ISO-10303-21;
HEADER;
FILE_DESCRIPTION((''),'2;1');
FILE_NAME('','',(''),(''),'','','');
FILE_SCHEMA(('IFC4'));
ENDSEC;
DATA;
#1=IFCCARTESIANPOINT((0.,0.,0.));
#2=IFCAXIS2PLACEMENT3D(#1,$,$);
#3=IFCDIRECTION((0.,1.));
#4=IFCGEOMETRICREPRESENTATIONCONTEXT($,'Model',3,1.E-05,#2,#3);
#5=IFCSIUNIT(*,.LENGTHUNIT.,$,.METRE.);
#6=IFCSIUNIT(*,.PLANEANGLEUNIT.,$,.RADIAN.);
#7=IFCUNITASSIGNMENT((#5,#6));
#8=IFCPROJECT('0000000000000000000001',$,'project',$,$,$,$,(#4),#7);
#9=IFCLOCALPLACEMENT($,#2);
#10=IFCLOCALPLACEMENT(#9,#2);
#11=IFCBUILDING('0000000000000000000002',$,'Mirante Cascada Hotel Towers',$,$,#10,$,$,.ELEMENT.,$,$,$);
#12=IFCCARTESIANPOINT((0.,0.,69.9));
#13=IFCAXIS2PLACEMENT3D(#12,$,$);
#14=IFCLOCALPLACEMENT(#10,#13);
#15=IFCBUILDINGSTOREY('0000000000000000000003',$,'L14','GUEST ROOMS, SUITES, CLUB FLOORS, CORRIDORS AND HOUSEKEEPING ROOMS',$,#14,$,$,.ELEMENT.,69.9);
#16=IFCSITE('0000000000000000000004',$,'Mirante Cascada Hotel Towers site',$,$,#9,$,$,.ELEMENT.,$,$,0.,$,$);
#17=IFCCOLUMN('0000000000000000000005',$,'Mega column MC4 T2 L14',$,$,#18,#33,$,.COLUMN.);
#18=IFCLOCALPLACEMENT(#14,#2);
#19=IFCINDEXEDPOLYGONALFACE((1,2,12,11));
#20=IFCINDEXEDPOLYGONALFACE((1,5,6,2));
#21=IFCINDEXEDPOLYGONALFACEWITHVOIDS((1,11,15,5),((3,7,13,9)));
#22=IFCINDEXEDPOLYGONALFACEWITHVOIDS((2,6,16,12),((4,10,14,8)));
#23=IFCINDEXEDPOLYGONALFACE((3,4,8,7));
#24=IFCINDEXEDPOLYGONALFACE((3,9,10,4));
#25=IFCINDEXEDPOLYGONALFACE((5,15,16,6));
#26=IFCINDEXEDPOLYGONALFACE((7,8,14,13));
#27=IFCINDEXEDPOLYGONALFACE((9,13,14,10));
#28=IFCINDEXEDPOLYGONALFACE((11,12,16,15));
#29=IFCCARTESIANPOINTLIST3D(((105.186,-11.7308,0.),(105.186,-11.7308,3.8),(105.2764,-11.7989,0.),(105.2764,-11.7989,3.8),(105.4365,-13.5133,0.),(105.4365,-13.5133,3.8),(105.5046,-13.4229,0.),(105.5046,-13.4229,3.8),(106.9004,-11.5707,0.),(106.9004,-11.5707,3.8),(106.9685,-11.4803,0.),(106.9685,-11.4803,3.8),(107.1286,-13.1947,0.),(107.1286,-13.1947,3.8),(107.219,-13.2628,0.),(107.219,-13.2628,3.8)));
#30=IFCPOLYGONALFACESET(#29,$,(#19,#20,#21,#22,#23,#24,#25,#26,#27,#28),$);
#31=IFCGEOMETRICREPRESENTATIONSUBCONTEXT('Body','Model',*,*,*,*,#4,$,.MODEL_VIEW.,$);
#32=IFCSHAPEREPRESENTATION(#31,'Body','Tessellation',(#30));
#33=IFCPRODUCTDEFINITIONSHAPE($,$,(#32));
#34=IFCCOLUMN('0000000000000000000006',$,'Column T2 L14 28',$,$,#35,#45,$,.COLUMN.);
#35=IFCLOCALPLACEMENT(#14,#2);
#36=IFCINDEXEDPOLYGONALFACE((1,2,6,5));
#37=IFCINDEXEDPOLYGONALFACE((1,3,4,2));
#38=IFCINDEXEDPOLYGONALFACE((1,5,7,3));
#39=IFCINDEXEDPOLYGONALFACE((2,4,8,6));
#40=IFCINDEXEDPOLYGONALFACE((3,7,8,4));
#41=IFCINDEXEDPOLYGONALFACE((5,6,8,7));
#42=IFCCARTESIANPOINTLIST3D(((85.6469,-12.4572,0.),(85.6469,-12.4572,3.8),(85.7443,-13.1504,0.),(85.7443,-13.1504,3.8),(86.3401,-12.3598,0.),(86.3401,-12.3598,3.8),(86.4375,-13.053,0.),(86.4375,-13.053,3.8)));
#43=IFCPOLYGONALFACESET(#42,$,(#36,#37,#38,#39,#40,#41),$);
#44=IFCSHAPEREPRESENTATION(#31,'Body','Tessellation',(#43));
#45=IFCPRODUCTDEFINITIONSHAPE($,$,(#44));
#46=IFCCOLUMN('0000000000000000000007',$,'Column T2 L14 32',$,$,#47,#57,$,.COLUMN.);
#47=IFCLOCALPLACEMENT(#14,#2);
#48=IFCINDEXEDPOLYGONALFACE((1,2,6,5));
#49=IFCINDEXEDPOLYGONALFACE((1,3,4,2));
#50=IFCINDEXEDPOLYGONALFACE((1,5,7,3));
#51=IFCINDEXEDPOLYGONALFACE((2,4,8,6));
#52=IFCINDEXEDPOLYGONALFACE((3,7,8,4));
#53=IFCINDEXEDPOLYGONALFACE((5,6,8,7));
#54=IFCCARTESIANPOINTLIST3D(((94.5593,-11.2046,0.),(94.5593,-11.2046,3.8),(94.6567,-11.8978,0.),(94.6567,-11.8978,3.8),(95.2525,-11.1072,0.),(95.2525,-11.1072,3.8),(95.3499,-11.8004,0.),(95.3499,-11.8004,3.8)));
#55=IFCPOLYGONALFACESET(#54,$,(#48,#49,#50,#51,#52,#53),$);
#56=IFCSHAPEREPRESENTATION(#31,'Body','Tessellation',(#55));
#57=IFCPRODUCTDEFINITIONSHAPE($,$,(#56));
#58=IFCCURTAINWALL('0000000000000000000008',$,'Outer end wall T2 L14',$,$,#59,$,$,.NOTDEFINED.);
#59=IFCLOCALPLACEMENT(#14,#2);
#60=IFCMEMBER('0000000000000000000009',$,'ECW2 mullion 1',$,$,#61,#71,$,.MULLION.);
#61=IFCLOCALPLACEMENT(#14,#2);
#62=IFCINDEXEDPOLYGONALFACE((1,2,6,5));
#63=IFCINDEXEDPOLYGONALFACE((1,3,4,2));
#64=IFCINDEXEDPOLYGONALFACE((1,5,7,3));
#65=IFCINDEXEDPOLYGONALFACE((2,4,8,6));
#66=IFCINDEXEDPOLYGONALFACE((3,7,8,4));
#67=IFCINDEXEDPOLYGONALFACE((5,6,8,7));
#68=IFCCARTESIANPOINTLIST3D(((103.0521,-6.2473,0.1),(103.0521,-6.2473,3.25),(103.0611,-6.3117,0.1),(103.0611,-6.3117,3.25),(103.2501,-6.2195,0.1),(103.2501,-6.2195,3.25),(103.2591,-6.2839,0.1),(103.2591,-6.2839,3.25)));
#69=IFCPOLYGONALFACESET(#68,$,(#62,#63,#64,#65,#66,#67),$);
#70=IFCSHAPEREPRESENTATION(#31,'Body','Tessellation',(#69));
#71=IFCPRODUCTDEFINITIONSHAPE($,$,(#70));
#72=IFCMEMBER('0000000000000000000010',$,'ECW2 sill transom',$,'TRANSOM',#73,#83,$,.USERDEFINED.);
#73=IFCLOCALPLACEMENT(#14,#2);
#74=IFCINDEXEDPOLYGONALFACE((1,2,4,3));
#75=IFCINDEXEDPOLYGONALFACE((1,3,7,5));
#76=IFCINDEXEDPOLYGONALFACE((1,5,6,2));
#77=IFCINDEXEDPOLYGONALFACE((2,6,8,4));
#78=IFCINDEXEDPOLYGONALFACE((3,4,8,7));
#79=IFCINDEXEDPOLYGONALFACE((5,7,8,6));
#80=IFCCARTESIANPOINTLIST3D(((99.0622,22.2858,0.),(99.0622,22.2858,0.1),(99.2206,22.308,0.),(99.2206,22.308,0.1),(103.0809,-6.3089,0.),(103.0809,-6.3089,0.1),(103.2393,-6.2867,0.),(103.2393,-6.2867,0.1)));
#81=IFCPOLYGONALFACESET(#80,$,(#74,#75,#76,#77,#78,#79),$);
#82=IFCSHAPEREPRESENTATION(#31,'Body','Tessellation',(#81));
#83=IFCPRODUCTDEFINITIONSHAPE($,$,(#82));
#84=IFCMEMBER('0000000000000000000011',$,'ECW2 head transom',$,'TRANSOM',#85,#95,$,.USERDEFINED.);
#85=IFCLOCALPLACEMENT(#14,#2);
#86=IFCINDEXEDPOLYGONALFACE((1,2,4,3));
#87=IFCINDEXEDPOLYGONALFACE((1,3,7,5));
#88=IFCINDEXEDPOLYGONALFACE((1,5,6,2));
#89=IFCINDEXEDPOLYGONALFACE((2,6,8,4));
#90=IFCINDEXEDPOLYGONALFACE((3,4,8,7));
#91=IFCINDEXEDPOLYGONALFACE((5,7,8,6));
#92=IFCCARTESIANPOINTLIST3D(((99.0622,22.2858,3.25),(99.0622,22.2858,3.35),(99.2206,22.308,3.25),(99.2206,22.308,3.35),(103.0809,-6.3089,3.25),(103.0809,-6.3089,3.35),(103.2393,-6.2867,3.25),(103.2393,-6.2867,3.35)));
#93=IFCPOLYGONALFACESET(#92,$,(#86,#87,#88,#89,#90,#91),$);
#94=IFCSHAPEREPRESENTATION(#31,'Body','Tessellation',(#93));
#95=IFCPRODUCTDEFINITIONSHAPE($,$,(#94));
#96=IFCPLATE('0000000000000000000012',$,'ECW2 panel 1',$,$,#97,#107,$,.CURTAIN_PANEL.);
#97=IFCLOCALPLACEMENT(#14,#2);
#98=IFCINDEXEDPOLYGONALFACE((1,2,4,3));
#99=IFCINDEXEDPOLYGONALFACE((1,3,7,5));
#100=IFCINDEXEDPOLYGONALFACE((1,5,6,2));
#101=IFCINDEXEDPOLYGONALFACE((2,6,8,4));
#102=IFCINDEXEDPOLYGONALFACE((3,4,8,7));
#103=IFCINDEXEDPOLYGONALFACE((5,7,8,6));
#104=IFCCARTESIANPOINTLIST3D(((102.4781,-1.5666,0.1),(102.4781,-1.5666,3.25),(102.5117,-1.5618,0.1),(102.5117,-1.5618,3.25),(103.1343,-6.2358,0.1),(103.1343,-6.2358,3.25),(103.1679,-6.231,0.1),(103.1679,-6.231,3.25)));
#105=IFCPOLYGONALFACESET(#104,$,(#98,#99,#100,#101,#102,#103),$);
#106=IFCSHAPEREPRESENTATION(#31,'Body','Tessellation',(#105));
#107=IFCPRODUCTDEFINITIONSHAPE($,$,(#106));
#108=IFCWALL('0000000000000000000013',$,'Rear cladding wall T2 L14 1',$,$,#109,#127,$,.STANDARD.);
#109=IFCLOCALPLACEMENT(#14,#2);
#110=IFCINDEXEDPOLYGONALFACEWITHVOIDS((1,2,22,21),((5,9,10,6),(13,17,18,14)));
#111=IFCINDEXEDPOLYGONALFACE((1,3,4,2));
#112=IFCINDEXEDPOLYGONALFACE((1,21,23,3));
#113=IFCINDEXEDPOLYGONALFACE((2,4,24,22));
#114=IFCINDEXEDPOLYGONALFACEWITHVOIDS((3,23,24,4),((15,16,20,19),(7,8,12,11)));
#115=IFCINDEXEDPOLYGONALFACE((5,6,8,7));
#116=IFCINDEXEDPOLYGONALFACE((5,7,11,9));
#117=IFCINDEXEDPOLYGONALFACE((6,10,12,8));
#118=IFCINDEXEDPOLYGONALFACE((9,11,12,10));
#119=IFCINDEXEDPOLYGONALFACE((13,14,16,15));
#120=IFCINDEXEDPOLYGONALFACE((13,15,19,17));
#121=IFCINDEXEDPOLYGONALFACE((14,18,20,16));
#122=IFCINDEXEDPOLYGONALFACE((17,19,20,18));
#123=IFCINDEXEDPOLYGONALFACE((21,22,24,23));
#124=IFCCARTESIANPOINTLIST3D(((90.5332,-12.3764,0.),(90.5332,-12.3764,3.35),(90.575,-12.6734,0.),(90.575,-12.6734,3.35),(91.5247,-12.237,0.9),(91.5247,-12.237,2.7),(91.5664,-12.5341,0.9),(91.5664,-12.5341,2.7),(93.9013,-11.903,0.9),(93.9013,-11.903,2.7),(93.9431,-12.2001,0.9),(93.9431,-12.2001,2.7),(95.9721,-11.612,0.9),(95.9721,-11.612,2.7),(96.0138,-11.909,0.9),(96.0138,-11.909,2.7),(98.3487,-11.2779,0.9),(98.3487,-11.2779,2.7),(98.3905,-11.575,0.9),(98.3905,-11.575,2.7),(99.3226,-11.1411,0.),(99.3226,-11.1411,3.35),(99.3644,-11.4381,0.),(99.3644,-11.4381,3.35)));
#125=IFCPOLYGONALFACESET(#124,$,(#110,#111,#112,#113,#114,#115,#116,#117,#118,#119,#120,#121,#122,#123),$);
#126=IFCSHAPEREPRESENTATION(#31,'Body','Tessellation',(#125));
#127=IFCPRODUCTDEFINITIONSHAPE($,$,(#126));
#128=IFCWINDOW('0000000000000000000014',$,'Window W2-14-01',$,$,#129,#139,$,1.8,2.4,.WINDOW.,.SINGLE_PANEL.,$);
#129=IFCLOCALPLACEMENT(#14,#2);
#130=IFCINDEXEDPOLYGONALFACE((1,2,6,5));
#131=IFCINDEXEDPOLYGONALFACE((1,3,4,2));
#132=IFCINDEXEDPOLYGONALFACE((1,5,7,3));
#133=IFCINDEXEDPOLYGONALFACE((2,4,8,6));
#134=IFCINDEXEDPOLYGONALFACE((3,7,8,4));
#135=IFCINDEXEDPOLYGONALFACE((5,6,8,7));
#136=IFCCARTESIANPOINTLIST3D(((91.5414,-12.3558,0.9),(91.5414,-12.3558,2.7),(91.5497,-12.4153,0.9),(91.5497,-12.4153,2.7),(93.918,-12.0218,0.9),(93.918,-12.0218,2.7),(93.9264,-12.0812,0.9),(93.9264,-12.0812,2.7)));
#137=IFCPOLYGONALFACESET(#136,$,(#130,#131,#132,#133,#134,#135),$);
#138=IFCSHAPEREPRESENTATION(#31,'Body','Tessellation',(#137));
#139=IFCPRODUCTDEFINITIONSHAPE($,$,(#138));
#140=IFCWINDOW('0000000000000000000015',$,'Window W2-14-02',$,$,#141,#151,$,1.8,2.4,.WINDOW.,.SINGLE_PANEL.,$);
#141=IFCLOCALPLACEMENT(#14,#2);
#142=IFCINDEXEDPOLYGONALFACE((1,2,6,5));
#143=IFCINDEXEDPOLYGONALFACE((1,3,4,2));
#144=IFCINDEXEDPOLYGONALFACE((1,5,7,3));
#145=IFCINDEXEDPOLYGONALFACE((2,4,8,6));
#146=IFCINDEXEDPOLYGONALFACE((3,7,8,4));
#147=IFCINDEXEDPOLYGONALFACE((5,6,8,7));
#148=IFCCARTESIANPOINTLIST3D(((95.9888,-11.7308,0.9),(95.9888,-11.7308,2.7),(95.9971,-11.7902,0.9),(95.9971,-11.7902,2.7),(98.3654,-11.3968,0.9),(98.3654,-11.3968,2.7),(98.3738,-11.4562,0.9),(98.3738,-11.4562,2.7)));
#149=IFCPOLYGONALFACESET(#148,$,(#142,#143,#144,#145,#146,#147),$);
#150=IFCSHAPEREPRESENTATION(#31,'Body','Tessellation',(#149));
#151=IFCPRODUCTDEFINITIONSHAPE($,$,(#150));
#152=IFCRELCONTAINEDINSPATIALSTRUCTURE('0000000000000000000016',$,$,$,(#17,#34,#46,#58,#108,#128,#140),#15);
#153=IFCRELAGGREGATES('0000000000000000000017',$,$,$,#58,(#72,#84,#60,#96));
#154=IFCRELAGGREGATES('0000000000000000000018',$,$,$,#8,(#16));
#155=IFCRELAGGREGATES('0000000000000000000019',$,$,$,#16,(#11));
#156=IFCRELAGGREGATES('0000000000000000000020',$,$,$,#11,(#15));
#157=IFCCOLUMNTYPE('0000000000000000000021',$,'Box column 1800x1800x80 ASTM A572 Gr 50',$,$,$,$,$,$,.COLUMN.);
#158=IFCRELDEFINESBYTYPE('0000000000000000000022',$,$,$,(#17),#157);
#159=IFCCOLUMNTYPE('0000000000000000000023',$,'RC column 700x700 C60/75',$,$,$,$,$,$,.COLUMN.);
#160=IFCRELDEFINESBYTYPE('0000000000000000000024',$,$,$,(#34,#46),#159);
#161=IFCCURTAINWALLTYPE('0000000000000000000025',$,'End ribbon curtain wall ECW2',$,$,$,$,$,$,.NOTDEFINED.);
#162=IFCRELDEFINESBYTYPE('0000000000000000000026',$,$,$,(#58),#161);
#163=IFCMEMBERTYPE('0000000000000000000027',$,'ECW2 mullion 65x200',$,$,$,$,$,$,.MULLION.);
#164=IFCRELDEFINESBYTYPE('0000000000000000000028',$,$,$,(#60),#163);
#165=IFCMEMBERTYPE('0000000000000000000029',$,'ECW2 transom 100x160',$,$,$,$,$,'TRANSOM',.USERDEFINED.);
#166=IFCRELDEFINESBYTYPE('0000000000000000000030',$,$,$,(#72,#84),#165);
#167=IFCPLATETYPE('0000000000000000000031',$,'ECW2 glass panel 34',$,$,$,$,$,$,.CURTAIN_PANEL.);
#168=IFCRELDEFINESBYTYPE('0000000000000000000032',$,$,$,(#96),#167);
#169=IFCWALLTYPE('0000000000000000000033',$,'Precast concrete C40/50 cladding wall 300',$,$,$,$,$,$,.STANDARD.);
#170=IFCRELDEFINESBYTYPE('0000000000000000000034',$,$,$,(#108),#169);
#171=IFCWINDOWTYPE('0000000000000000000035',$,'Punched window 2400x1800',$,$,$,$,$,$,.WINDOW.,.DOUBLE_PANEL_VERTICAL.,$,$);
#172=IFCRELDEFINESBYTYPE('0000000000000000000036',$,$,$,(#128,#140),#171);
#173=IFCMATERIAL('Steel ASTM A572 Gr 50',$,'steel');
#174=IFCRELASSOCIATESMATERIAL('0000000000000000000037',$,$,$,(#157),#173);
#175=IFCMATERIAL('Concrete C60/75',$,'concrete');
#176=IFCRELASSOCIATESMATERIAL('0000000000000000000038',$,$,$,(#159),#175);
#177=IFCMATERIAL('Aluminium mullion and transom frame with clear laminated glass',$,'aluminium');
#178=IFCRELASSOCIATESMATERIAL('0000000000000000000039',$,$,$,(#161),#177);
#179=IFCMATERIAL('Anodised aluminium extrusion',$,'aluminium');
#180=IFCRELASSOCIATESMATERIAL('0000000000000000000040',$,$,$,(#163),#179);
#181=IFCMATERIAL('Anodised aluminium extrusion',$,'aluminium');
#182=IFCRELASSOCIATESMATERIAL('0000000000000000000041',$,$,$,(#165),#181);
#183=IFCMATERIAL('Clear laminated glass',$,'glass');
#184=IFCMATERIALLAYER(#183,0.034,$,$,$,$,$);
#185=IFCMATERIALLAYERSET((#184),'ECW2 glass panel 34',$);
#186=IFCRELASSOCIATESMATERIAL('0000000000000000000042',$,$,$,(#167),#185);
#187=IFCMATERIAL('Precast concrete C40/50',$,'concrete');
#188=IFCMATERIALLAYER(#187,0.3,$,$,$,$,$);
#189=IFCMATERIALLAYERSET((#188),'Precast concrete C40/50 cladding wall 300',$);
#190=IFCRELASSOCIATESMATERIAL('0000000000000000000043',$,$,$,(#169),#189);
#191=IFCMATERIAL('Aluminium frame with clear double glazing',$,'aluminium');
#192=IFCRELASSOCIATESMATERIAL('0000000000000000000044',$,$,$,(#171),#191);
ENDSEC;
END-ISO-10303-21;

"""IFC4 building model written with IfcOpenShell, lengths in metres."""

from ifc_helpers import new_model, si_unit, direction, frame, frame_2d, origin, origin_2d, place, context, subcontext, project, spatial, rectangle, hollow_rectangle, extrude, material, layer, layer_set, material_profile, profile_set, type_object, element, fill, aggregate, save


model = new_model("IFC4")

# Units and contexts
model_context = context("Model", 3, precision=1e-05, world=origin(), true_north=direction((0.0, 1.0)))
body_context = subcontext(model_context, "Body", "Model", "MODEL_VIEW")
ifc_project = project(units=[si_unit("LENGTHUNIT", "METRE"), si_unit("PLANEANGLEUNIT", "RADIAN")], contexts=[model_context])

# Site, building, storey
site_placement = place(None, origin())
site = spatial("IfcSite", under=ifc_project, at=site_placement, Name="Mirante Cascada Hotel Towers site", CompositionType="ELEMENT", RefElevation=0.0)
building_placement = place(site_placement, origin())
building = spatial("IfcBuilding", under=site, at=building_placement, Name="Mirante Cascada Hotel Towers", CompositionType="ELEMENT")
storey_placement = place(building_placement, frame((0.0, 0.0, 69.9)))
storey = spatial("IfcBuildingStorey", under=building, at=storey_placement, Name="L14", Description="GUEST ROOMS, SUITES, CLUB FLOORS, CORRIDORS AND HOUSEKEEPING ROOMS", CompositionType="ELEMENT", Elevation=69.9)

# Columns
ifc_material_1 = material(Name="Steel ASTM A572 Gr 50", Category="steel")
ifc_material_profile_1 = material_profile(ifc_material_1, hollow_rectangle(XDim=1.8, YDim=1.8, WallThickness=0.08, at=origin_2d()), Name="Box column 1800x1800x80 ASTM A572 Gr 50")
ifc_profile_set_1 = profile_set([ifc_material_profile_1], Name="Steel ASTM A572 Gr 50")
column_type_1 = type_object("IfcColumnType", Name="Box column 1800x1800x80 ASTM A572 Gr 50", PredefinedType="COLUMN", material=ifc_profile_set_1)
column_placement = place(storey_placement, frame((106.2025, -12.4968, 0.0), z_axis=(0.0, 0.0, 1.0), x_axis=(0.990268, 0.139173, 0.0)))
element("IfcColumn", 1, at=column_placement, inside=storey, type_object=column_type_1, Name="Mega column MC4 T2 L14", PredefinedType="COLUMN", context=body_context, shape_type="SweptSolid", body=[
    extrude(hollow_rectangle(XDim=1.8, YDim=1.8, WallThickness=0.08, at=origin_2d()), origin(), (0.0, 0.0, 1.0), 3.8),
])
ifc_material_2 = material(Name="Concrete C60/75", Category="concrete")
ifc_material_profile_2 = material_profile(ifc_material_2, rectangle(XDim=0.7, YDim=0.7, at=origin_2d()), Name="RC column 700x700 C60/75")
ifc_profile_set_2 = profile_set([ifc_material_profile_2], Name="Concrete C60/75")
column_type_2 = type_object("IfcColumnType", Name="RC column 700x700 C60/75", PredefinedType="COLUMN", material=ifc_profile_set_2)
for number, where, z_axis, x_axis, name in (
    (2, (86.0422, -12.7551, 0.0), (0.0, 0.0, 1.0), (0.990268, 0.139173, 0.0), "Column T2 L14 28"),
    (3, (94.9546, -11.5025, 0.0), (0.0, 0.0, 1.0), (0.990268, 0.139173, 0.0), "Column T2 L14 32"),
):
    element("IfcColumn", number, at=place(storey_placement, frame(where, z_axis=z_axis, x_axis=x_axis)), inside=storey, type_object=column_type_2, Name=name, PredefinedType="COLUMN", context=body_context, shape_type="SweptSolid", body=[
        extrude(rectangle(XDim=0.7, YDim=0.7, at=origin_2d()), origin(), (0.0, 0.0, 1.0), 3.8),
    ])

# Curtain wall, members, plate
ifc_material_3 = material(Name="Aluminium mullion and transom frame with clear laminated glass", Category="aluminium")
curtain_wall_type = type_object("IfcCurtainWallType", Name="End ribbon curtain wall ECW2", PredefinedType="NOTDEFINED", material=ifc_material_3)
curtain_wall_placement = place(storey_placement, origin())
curtain_wall = element("IfcCurtainWall", 4, at=curtain_wall_placement, inside=storey, type_object=curtain_wall_type, Name="Outer end wall T2 L14", PredefinedType="NOTDEFINED")
ifc_material_4 = material(Name="Anodised aluminium extrusion", Category="aluminium")
ifc_material_profile_3 = material_profile(ifc_material_4, rectangle(XDim=0.2, YDim=0.065, at=origin_2d()), Name="ECW2 MULLION 65x200")
ifc_profile_set_3 = profile_set([ifc_material_profile_3], Name="Anodised aluminium extrusion")
member_type_1 = type_object("IfcMemberType", Name="ECW2 mullion 65x200", PredefinedType="MULLION", material=ifc_profile_set_3)
member_1_placement = place(storey_placement, frame((103.1556, -6.2656, 0.1), z_axis=(0.0, 0.0, 1.0), x_axis=(-0.990268, -0.139173, 0.0)))
member_1 = element("IfcMember", 5, at=member_1_placement, type_object=member_type_1, Name="ECW2 mullion 1", PredefinedType="MULLION", context=body_context, shape_type="SweptSolid", body=[
    extrude(rectangle(XDim=0.2, YDim=0.065, at=origin_2d()), origin(), (0.0, 0.0, 1.0), 3.15),
])
ifc_material_5 = material(Name="Anodised aluminium extrusion", Category="aluminium")
ifc_material_profile_4 = material_profile(ifc_material_5, rectangle(XDim=0.16, YDim=0.1, at=origin_2d()), Name="ECW2 TRANSOM 100x160")
ifc_profile_set_4 = profile_set([ifc_material_profile_4], Name="Anodised aluminium extrusion")
member_type_2 = type_object("IfcMemberType", Name="ECW2 transom 100x160", ElementType="TRANSOM", PredefinedType="USERDEFINED", material=ifc_profile_set_4)
member_2_placement = place(storey_placement, frame((103.1601, -6.2978, 0.05), z_axis=(-0.139172, 0.990268, 0.0), x_axis=(-0.990268, -0.139172, 0.0)))
member_2 = element("IfcMember", 6, at=member_2_placement, type_object=member_type_2, Name="ECW2 sill transom", ObjectType="TRANSOM", PredefinedType="USERDEFINED", context=body_context, shape_type="SweptSolid", body=[
    extrude(rectangle(XDim=0.16, YDim=0.1, at=origin_2d()), origin(), (0.0, 0.0, 1.0), 28.8757),
])
member_3_placement = place(storey_placement, frame((103.1601, -6.2978, 3.3), z_axis=(-0.139172, 0.990268, 0.0), x_axis=(-0.990268, -0.139172, 0.0)))
member_3 = element("IfcMember", 7, at=member_3_placement, type_object=member_type_2, Name="ECW2 head transom", ObjectType="TRANSOM", PredefinedType="USERDEFINED", context=body_context, shape_type="SweptSolid", body=[
    extrude(rectangle(XDim=0.16, YDim=0.1, at=origin_2d()), origin(), (0.0, 0.0, 1.0), 28.8757),
])
ifc_material_6 = material(Name="Clear laminated glass", Category="glass")
ifc_layer_1 = layer(ifc_material_6, 0.034)
ifc_layer_set_1 = layer_set([ifc_layer_1], Name="ECW2 glass panel 34")
plate_type = type_object("IfcPlateType", Name="ECW2 glass panel 34", PredefinedType="CURTAIN_PANEL", material=ifc_layer_set_1)
plate_placement = place(storey_placement, frame((102.823, -3.8988, 0.1), z_axis=(0.0, 0.0, 1.0), x_axis=(-0.139173, 0.990268, 0.0)))
plate = element("IfcPlate", 8, at=plate_placement, type_object=plate_type, Name="ECW2 panel 1", PredefinedType="CURTAIN_PANEL", context=body_context, shape_type="SweptSolid", body=[
    extrude(rectangle(XDim=4.7151, YDim=0.034, at=origin_2d()), origin(), (0.0, 0.0, 1.0), 3.15),
])
aggregate(curtain_wall, [member_2, member_3, member_1, plate])

# Wall, openings, windows
ifc_material_7 = material(Name="Precast concrete C40/50", Category="concrete")
ifc_layer_2 = layer(ifc_material_7, 0.3)
ifc_layer_set_2 = layer_set([ifc_layer_2], Name="Precast concrete C40/50 cladding wall 300")
wall_type_1 = type_object("IfcWallType", Name="Precast concrete C40/50 cladding wall 300", PredefinedType="STANDARD", material=ifc_layer_set_2)
wall_1_placement = place(storey_placement, frame((90.5541, -12.5249, 0.0), z_axis=(0.0, 0.0, 1.0), x_axis=(0.990268, 0.139177, 0.0)))
wall_1 = element("IfcWall", 9, at=wall_1_placement, inside=storey, type_object=wall_type_1, Name="Rear cladding wall T2 L14 1", PredefinedType="STANDARD", context=body_context, shape_type="SweptSolid", body=[
    extrude(rectangle(XDim=8.8758, YDim=0.3, at=frame_2d((4.4379, 0.0))), origin(), (0.0, 0.0, 1.0), 3.35),
])
opening_1_placement = place(wall_1_placement, frame((1.0012, 0.0, 0.9)))
opening_1 = element("IfcOpeningElement", 10, at=opening_1_placement, cuts=wall_1, PredefinedType="OPENING", context=body_context, shape_type="SweptSolid", body=[
    extrude(rectangle(XDim=2.4, YDim=1.8, at=frame_2d((1.2, 0.9))), frame((0.0, 0.15, 0.0), z_axis=(0.0, -1.0, 0.0), x_axis=(1.0, 0.0, 0.0)), (0.0, 0.0, 1.0), 0.3),
])
opening_2_placement = place(wall_1_placement, frame((5.4923, 0.0, 0.9)))
opening_2 = element("IfcOpeningElement", 11, at=opening_2_placement, cuts=wall_1, PredefinedType="OPENING", context=body_context, shape_type="SweptSolid", body=[
    extrude(rectangle(XDim=2.4, YDim=1.8, at=frame_2d((1.2, 0.9))), frame((0.0, 0.15, 0.0), z_axis=(0.0, -1.0, 0.0), x_axis=(1.0, 0.0, 0.0)), (0.0, 0.0, 1.0), 0.3),
])
ifc_material_8 = material(Name="Aluminium frame with clear double glazing", Category="aluminium")
window_type_1 = type_object("IfcWindowType", Name="Punched window 2400x1800", PartitioningType="DOUBLE_PANEL_VERTICAL", PredefinedType="WINDOW", material=ifc_material_8)
window_1_placement = place(opening_1_placement, origin())
window_1 = element("IfcWindow", 12, at=window_1_placement, inside=storey, type_object=window_type_1, Name="Window W2-14-01", OverallHeight=1.8, OverallWidth=2.4, PartitioningType="SINGLE_PANEL", PredefinedType="WINDOW", context=body_context, shape_type="SweptSolid", body=[
    extrude(rectangle(XDim=2.4, YDim=1.8, at=frame_2d((1.2, 0.9))), frame((0.0, 0.03, 0.0), z_axis=(0.0, -1.0, 0.0), x_axis=(1.0, 0.0, 0.0)), (0.0, 0.0, 1.0), 0.06),
])
fill(opening_1, window_1)
window_2_placement = place(opening_2_placement, origin())
window_2 = element("IfcWindow", 13, at=window_2_placement, inside=storey, type_object=window_type_1, Name="Window W2-14-02", OverallHeight=1.8, OverallWidth=2.4, PartitioningType="SINGLE_PANEL", PredefinedType="WINDOW", context=body_context, shape_type="SweptSolid", body=[
    extrude(rectangle(XDim=2.4, YDim=1.8, at=frame_2d((1.2, 0.9))), frame((0.0, 0.03, 0.0), z_axis=(0.0, -1.0, 0.0), x_axis=(1.0, 0.0, 0.0)), (0.0, 0.0, 1.0), 0.06),
])
fill(opening_2, window_2)

save(model, "model.ifc")
